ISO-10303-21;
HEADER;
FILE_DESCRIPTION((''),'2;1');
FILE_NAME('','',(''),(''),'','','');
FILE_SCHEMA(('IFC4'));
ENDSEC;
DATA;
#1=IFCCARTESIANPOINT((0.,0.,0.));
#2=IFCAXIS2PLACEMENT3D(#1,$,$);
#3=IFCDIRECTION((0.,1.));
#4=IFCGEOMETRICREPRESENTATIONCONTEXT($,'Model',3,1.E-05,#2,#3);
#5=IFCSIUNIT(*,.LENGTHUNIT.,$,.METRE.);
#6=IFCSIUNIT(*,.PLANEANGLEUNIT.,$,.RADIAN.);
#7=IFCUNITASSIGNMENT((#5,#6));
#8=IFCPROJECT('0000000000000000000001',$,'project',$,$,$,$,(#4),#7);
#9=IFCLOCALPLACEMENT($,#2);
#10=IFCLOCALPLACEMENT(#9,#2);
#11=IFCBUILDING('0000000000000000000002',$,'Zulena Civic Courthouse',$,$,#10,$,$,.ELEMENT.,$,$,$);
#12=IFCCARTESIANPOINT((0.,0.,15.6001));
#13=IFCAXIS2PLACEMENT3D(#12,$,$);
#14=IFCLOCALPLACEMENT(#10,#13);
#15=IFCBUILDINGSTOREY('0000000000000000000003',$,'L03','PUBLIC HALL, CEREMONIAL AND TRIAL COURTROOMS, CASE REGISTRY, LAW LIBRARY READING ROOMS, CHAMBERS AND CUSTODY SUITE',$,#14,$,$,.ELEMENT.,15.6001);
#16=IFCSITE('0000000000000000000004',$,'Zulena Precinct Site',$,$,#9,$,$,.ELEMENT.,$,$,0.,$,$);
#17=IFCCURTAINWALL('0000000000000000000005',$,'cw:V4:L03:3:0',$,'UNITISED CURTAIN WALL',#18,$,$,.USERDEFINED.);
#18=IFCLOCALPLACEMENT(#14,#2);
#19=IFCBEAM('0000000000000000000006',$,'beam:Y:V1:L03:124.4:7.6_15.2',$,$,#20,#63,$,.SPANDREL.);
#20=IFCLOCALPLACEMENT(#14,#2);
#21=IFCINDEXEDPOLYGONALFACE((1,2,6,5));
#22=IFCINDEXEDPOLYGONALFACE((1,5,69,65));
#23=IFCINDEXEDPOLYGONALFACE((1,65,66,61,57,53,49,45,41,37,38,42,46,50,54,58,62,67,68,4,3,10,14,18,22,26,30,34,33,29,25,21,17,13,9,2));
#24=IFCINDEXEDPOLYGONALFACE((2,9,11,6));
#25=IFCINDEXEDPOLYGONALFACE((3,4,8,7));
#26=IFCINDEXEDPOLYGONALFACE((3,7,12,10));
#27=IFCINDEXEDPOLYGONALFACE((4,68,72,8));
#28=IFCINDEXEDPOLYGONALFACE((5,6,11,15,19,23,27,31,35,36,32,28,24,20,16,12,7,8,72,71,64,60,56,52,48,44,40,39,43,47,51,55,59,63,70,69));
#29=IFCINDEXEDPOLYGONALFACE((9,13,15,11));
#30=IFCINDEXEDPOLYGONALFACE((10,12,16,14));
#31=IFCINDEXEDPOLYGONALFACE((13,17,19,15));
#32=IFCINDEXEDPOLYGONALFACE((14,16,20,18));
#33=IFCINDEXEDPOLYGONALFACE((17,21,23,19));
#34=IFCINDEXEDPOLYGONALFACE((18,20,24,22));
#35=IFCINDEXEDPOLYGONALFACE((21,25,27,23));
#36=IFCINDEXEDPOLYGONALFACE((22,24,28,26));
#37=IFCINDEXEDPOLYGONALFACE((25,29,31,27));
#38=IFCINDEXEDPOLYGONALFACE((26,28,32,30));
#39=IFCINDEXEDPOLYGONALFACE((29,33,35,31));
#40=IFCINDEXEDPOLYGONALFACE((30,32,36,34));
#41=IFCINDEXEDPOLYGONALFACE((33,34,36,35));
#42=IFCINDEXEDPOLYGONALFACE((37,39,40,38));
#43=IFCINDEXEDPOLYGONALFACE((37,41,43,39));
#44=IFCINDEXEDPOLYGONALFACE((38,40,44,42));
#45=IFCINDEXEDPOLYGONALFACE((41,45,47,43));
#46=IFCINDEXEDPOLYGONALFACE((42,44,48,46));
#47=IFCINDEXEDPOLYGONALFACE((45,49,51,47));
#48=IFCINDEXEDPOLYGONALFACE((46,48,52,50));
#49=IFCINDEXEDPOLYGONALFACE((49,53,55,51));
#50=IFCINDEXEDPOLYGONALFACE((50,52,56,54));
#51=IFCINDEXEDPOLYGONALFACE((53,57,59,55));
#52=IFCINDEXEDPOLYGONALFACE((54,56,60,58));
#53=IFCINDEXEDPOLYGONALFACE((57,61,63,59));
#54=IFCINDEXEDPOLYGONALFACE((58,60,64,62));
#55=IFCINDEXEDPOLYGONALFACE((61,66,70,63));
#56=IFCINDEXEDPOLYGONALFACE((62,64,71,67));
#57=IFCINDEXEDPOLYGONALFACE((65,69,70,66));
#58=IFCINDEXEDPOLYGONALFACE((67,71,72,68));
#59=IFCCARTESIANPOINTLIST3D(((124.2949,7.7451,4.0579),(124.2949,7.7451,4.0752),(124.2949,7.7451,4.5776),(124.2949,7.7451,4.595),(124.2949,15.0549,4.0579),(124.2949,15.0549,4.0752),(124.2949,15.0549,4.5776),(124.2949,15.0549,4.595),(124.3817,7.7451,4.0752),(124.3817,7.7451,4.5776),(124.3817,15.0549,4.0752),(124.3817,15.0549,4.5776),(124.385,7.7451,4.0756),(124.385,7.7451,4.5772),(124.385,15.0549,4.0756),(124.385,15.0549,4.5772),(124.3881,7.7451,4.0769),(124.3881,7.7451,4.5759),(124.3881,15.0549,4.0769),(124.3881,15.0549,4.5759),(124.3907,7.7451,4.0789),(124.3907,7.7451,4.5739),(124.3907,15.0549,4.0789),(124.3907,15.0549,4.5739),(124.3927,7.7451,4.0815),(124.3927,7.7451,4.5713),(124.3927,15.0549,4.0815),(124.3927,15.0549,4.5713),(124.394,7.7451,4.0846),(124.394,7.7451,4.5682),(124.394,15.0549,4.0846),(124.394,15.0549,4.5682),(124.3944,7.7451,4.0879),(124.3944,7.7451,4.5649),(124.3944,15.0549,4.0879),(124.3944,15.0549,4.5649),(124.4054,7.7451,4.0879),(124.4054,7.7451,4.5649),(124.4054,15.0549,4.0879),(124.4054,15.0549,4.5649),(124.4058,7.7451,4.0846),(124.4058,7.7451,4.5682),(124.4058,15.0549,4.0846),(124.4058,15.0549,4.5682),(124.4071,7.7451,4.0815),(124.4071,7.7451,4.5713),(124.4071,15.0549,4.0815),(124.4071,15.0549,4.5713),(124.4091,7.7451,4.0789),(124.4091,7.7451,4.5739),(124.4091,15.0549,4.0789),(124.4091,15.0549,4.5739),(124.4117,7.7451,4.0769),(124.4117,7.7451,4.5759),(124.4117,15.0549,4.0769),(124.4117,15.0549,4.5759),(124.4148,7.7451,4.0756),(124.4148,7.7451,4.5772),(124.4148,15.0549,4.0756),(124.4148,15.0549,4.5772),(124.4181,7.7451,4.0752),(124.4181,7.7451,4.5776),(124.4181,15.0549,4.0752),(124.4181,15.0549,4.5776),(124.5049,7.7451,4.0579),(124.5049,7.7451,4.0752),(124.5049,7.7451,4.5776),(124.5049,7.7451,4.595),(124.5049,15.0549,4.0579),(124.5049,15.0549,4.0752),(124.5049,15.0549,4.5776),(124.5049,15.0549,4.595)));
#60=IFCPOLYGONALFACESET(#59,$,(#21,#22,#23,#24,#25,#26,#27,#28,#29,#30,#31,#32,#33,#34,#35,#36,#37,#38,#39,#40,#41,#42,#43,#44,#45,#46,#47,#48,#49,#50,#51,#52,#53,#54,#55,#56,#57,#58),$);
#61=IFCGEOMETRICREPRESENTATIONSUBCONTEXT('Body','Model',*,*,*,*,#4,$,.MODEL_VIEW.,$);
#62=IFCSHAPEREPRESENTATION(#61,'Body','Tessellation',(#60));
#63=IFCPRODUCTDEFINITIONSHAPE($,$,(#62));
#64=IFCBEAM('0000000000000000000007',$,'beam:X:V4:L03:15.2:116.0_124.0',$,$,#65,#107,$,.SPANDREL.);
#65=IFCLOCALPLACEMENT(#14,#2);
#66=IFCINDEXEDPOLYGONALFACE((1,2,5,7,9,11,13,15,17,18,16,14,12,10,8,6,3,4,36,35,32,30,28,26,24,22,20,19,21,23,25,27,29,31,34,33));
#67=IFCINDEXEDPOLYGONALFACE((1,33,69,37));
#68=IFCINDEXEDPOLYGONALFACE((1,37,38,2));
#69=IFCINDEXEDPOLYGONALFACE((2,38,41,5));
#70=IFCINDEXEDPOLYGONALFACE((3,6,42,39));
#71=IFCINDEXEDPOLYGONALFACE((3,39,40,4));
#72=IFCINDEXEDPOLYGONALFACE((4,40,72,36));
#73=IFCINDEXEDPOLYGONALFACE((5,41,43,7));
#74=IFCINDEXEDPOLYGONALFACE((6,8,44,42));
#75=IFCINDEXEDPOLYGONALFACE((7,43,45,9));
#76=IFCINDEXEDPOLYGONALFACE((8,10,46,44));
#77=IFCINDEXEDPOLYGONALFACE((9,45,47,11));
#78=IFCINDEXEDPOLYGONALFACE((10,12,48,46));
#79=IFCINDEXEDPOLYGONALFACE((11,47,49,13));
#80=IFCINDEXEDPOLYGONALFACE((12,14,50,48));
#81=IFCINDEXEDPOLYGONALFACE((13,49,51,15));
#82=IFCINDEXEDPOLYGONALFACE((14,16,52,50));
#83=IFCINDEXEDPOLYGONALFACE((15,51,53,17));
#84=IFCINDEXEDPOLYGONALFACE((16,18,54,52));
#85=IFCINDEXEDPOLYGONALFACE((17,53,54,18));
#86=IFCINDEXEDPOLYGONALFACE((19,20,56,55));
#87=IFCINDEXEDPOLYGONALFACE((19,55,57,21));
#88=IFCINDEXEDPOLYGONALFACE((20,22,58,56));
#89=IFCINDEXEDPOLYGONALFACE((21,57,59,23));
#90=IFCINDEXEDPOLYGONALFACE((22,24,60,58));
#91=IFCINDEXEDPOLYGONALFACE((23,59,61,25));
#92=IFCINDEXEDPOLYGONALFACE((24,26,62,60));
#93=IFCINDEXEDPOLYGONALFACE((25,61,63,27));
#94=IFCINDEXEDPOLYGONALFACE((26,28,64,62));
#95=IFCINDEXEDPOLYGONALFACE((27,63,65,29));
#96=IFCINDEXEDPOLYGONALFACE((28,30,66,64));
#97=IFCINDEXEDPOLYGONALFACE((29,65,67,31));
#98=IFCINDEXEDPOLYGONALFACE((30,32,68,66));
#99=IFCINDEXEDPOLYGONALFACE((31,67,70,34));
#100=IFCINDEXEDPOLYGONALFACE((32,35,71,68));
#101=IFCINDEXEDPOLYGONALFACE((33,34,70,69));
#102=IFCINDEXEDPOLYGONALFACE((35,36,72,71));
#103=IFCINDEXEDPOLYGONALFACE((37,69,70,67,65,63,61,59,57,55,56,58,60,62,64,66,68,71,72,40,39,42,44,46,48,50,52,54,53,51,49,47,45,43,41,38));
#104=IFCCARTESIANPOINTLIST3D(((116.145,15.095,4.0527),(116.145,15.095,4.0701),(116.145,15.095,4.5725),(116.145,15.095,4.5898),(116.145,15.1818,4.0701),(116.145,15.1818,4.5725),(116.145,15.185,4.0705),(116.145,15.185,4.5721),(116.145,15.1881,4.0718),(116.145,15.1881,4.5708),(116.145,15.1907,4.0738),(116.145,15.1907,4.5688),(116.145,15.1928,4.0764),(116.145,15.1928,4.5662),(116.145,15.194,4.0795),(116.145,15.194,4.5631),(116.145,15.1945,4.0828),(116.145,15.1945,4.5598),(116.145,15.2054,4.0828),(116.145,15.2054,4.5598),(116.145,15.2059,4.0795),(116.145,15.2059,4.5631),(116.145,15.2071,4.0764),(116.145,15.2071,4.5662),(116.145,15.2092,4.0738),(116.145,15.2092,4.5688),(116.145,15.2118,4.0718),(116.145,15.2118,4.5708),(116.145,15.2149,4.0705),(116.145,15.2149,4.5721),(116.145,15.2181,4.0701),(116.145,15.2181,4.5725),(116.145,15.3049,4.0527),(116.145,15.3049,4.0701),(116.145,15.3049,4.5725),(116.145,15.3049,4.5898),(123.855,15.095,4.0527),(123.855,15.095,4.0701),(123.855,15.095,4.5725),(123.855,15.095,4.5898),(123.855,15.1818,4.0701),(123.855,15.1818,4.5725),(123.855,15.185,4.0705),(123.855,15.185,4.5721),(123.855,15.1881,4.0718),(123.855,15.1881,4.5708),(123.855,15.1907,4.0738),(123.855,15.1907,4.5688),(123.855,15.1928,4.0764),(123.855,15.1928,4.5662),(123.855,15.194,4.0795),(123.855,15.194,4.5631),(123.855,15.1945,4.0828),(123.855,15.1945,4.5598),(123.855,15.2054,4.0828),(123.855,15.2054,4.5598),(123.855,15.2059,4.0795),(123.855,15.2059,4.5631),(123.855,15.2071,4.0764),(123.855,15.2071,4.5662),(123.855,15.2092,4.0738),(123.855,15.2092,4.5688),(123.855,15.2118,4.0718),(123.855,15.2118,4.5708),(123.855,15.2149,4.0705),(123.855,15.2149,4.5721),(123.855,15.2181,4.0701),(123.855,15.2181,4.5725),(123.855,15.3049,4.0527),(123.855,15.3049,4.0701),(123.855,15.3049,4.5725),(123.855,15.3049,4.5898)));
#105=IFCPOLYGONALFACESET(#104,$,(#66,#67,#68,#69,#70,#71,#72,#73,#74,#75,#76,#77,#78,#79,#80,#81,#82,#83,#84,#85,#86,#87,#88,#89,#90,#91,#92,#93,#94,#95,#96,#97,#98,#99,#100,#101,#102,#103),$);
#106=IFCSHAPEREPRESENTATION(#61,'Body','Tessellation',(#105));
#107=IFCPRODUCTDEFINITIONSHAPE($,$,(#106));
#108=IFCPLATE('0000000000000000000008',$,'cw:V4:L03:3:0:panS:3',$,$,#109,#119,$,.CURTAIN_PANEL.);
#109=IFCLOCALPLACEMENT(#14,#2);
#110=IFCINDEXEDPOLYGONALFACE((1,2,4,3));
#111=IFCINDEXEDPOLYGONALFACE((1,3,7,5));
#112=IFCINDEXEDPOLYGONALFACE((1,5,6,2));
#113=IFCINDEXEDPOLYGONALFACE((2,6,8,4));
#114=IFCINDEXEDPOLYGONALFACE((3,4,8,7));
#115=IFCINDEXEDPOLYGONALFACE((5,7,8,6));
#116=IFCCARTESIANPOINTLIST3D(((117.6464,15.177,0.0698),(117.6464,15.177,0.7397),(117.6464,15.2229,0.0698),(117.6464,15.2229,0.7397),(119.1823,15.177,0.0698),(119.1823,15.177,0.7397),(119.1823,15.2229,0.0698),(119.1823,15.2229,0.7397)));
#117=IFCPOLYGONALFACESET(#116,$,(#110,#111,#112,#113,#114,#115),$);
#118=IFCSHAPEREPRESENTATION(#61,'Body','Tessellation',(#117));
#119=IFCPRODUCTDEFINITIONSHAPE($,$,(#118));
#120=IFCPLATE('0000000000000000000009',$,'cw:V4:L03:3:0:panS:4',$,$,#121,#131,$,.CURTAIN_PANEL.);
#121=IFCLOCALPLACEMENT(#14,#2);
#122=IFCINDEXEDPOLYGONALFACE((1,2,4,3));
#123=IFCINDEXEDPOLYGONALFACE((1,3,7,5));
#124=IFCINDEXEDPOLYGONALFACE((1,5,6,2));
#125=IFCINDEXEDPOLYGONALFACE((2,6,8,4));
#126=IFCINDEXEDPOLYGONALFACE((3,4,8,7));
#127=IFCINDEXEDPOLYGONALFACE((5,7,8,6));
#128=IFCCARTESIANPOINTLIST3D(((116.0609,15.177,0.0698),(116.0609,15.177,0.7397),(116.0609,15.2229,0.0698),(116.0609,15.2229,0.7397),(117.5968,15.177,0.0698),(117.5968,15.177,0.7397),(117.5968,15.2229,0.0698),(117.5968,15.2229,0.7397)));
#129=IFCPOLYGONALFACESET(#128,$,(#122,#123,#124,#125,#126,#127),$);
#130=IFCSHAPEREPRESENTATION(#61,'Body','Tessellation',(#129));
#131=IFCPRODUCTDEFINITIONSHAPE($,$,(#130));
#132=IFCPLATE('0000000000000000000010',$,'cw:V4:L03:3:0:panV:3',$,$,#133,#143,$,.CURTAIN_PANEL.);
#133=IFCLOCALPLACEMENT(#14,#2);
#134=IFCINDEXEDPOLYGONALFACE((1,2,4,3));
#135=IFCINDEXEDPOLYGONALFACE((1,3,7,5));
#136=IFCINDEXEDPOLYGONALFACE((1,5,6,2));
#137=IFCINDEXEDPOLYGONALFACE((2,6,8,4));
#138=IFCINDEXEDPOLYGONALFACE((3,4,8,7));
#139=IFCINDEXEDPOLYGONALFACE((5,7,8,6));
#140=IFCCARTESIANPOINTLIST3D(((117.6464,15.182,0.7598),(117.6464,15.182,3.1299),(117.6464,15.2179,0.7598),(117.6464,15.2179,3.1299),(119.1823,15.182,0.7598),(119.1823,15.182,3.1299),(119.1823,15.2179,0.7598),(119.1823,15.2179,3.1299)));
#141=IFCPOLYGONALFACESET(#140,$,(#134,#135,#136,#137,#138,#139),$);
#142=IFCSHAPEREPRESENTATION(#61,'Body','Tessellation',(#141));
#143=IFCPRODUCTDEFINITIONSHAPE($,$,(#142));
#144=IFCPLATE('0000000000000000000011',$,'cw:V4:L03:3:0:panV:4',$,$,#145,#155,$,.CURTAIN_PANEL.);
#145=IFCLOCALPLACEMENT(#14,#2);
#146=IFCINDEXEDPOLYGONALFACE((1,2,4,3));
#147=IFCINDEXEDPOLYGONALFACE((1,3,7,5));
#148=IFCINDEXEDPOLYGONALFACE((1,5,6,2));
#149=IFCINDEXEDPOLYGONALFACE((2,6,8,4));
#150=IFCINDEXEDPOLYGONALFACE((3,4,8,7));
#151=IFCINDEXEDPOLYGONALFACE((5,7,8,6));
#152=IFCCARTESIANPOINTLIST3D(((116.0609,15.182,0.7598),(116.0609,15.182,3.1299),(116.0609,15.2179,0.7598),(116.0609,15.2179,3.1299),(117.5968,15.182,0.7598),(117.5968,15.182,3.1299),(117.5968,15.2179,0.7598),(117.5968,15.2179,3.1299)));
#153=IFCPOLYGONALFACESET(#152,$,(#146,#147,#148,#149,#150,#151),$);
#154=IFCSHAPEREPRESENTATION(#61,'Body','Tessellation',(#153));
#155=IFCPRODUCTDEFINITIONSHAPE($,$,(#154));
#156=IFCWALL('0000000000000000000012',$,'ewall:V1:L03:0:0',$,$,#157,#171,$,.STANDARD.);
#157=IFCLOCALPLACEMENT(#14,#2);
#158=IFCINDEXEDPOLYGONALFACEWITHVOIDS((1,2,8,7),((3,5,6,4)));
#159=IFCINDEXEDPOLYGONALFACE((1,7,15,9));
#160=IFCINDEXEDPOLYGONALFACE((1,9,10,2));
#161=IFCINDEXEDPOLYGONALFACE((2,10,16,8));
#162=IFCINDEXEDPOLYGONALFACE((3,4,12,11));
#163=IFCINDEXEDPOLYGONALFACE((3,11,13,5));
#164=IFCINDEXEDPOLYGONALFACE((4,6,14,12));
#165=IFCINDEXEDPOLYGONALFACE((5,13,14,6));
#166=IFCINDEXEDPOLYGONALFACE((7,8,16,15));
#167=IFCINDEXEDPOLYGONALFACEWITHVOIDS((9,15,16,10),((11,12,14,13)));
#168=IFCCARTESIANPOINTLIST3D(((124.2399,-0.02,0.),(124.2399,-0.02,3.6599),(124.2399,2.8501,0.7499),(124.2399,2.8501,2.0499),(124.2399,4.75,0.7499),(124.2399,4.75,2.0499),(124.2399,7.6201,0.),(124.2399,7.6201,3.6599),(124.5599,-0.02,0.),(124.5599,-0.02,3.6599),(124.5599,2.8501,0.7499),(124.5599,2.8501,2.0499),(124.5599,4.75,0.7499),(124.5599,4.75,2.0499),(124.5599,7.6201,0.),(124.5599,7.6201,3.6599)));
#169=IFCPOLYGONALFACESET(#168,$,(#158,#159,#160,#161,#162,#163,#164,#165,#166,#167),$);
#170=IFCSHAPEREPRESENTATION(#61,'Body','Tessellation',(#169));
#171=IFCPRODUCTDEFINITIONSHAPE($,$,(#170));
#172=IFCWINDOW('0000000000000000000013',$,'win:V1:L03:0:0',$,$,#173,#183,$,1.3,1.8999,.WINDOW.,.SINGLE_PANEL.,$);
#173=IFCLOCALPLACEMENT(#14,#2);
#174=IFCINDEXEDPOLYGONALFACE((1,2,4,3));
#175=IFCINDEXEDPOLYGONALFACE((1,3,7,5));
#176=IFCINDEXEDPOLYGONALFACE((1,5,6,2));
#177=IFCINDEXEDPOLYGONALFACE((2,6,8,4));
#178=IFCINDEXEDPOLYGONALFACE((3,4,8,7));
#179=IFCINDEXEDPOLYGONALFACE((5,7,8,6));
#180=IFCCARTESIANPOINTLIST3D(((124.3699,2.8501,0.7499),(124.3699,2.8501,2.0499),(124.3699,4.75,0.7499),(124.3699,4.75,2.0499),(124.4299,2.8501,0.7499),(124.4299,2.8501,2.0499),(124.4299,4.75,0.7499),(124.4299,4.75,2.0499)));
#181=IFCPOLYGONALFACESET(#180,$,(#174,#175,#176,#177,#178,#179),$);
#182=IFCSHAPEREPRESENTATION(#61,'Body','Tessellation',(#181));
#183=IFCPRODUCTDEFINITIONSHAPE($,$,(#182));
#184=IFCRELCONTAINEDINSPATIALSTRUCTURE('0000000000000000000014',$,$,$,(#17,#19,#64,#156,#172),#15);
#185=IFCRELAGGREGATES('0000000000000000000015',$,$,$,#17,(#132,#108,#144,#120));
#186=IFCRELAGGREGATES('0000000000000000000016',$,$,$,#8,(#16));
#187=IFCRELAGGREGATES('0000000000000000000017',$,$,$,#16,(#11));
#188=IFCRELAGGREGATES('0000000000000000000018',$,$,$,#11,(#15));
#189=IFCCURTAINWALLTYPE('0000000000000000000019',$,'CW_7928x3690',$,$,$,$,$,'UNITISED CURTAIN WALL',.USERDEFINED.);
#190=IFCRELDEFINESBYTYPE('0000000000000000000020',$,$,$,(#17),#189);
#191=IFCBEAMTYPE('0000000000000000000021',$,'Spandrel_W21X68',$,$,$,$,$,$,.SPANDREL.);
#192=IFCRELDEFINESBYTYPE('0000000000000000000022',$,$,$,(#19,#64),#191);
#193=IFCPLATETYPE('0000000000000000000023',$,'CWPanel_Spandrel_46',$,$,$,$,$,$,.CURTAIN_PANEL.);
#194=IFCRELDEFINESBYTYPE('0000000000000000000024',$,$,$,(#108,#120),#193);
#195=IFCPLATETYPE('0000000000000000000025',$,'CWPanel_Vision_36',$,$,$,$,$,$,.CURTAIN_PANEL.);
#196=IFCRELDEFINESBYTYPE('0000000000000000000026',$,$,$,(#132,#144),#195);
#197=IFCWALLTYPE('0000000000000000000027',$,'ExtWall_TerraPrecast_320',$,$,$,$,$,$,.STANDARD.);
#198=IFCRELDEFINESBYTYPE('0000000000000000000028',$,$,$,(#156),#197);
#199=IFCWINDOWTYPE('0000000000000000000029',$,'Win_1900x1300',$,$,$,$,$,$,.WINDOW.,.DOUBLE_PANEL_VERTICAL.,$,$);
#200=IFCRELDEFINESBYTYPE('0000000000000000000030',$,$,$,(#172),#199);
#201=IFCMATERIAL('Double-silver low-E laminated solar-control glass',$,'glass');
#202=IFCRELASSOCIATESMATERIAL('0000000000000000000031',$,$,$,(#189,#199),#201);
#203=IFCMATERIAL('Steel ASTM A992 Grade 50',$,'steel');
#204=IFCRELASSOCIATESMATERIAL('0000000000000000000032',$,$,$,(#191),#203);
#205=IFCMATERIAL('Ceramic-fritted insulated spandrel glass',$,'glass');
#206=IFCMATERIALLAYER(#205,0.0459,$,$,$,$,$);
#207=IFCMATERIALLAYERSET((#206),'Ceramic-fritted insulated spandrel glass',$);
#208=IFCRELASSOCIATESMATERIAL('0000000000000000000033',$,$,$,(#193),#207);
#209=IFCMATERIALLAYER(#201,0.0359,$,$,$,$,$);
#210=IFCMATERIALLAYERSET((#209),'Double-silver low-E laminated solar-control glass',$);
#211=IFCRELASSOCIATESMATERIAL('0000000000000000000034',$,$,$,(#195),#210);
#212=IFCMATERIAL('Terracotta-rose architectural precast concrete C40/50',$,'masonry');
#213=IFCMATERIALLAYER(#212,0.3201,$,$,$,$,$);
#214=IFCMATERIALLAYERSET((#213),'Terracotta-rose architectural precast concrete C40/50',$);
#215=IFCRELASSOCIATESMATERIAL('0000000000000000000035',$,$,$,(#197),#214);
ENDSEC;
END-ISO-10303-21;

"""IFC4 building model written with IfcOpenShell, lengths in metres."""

from ifc_helpers import new_model, si_unit, direction, frame, frame_2d, origin, origin_2d, place, context, subcontext, project, spatial, rectangle, i_section, extrude, material, layer, layer_set, material_profile, profile_set, type_object, element, fill, aggregate, save


model = new_model("IFC4")

# Units and contexts
model_context = context("Model", 3, precision=1e-05, world=origin(), true_north=direction((0.0, 1.0)))
body_context = subcontext(model_context, "Body", "Model", "MODEL_VIEW")
ifc_project = project(units=[si_unit("LENGTHUNIT", "METRE"), si_unit("PLANEANGLEUNIT", "RADIAN")], contexts=[model_context])

# Site, building, storey
site_placement = place(None, origin())
site = spatial("IfcSite", under=ifc_project, at=site_placement, Name="Zulena Precinct Site", CompositionType="ELEMENT", RefElevation=0.0)
building_placement = place(site_placement, origin())
building = spatial("IfcBuilding", under=site, at=building_placement, Name="Zulena Civic Courthouse", CompositionType="ELEMENT")
storey_placement = place(building_placement, frame((0.0, 0.0, 15.6001)))
storey = spatial("IfcBuildingStorey", under=building, at=storey_placement, Name="L03", Description="PUBLIC HALL, CEREMONIAL AND TRIAL COURTROOMS, CASE REGISTRY, LAW LIBRARY READING ROOMS, CHAMBERS AND CUSTODY SUITE", CompositionType="ELEMENT", Elevation=15.6001)

# Shared definitions
ifc_material_1 = material(Name="Steel ASTM A992 Grade 50", Category="steel")

# Shared definitions
ifc_material_2 = material(Name="Double-silver low-E laminated solar-control glass", Category="glass")

# Curtain wall
curtain_wall_type_1 = type_object("IfcCurtainWallType", Name="CW_7928x3690", ElementType="UNITISED CURTAIN WALL", PredefinedType="USERDEFINED", material=ifc_material_2)
curtain_wall_1_placement = place(storey_placement, origin())
curtain_wall_1 = element("IfcCurtainWall", 1, at=curtain_wall_1_placement, inside=storey, type_object=curtain_wall_type_1, Name="cw:V4:L03:3:0", ObjectType="UNITISED CURTAIN WALL", PredefinedType="USERDEFINED")

# Beams
ifc_material_profile_1 = material_profile(ifc_material_1, i_section(OverallWidth=0.21, OverallDepth=0.5371, WebThickness=0.011, FlangeThickness=0.0173, FilletRadius=0.0127, at=origin_2d()), Name="W21X68")
ifc_profile_set_1 = profile_set([ifc_material_profile_1], Name="Steel ASTM A992 Grade 50")
beam_type = type_object("IfcBeamType", Name="Spandrel_W21X68", PredefinedType="SPANDREL", material=ifc_profile_set_1)
beam_1_placement = place(storey_placement, frame((124.3999, 7.7451, 4.3264), z_axis=(0.0, 1.0, 0.0), x_axis=(-1.0, 0.0, 0.0)))
element("IfcBeam", 2, at=beam_1_placement, inside=storey, type_object=beam_type, Name="beam:Y:V1:L03:124.4:7.6_15.2", PredefinedType="SPANDREL", context=body_context, shape_type="SweptSolid", body=[
    extrude(i_section(OverallWidth=0.21, OverallDepth=0.5371, WebThickness=0.011, FlangeThickness=0.0173, FilletRadius=0.0127, at=origin_2d()), origin(), (0.0, 0.0, 1.0), 7.3098),
])
beam_2_placement = place(storey_placement, frame((116.145, 15.2, 4.3213), z_axis=(1.0, 0.0, 0.0), x_axis=(0.0, 1.0, 0.0)))
element("IfcBeam", 3, at=beam_2_placement, inside=storey, type_object=beam_type, Name="beam:X:V4:L03:15.2:116.0_124.0", PredefinedType="SPANDREL", context=body_context, shape_type="SweptSolid", body=[
    extrude(i_section(OverallWidth=0.21, OverallDepth=0.5371, WebThickness=0.011, FlangeThickness=0.0173, FilletRadius=0.0127, at=origin_2d()), origin(), (0.0, 0.0, 1.0), 7.71),
])

# Plates
ifc_material_3 = material(Name="Ceramic-fritted insulated spandrel glass", Category="glass")
ifc_layer_1 = layer(ifc_material_3, 0.0459)
ifc_layer_set_1 = layer_set([ifc_layer_1], Name="Ceramic-fritted insulated spandrel glass")
plate_type_1 = type_object("IfcPlateType", Name="CWPanel_Spandrel_46", PredefinedType="CURTAIN_PANEL", material=ifc_layer_set_1)
plate_1_placement = place(storey_placement, frame((118.4143, 15.2, 0.0698), z_axis=(0.0, 0.0, 1.0), x_axis=(-1.0, 0.0, 0.0)))
plate_1 = element("IfcPlate", 4, at=plate_1_placement, type_object=plate_type_1, Name="cw:V4:L03:3:0:panS:3", PredefinedType="CURTAIN_PANEL", context=body_context, shape_type="SweptSolid", body=[
    extrude(rectangle(XDim=1.5359, YDim=0.0459, at=origin_2d()), origin(), (0.0, 0.0, 1.0), 0.6699),
])
plate_2_placement = place(storey_placement, frame((116.8289, 15.2, 0.0698), z_axis=(0.0, 0.0, 1.0), x_axis=(-1.0, 0.0, 0.0)))
plate_2 = element("IfcPlate", 5, at=plate_2_placement, type_object=plate_type_1, Name="cw:V4:L03:3:0:panS:4", PredefinedType="CURTAIN_PANEL", context=body_context, shape_type="SweptSolid", body=[
    extrude(rectangle(XDim=1.5359, YDim=0.0459, at=origin_2d()), origin(), (0.0, 0.0, 1.0), 0.6699),
])
ifc_layer_2 = layer(ifc_material_2, 0.0359)
ifc_layer_set_2 = layer_set([ifc_layer_2], Name="Double-silver low-E laminated solar-control glass")
plate_type_2 = type_object("IfcPlateType", Name="CWPanel_Vision_36", PredefinedType="CURTAIN_PANEL", material=ifc_layer_set_2)
plate_3_placement = place(storey_placement, frame((118.4143, 15.2, 0.7598), z_axis=(0.0, 0.0, 1.0), x_axis=(-1.0, 0.0, 0.0)))
plate_3 = element("IfcPlate", 6, at=plate_3_placement, type_object=plate_type_2, Name="cw:V4:L03:3:0:panV:3", PredefinedType="CURTAIN_PANEL", context=body_context, shape_type="SweptSolid", body=[
    extrude(rectangle(XDim=1.5359, YDim=0.0359, at=origin_2d()), origin(), (0.0, 0.0, 1.0), 2.3701),
])
plate_4_placement = place(storey_placement, frame((116.8289, 15.2, 0.7598), z_axis=(0.0, 0.0, 1.0), x_axis=(-1.0, 0.0, 0.0)))
plate_4 = element("IfcPlate", 7, at=plate_4_placement, type_object=plate_type_2, Name="cw:V4:L03:3:0:panV:4", PredefinedType="CURTAIN_PANEL", context=body_context, shape_type="SweptSolid", body=[
    extrude(rectangle(XDim=1.5359, YDim=0.0359, at=origin_2d()), origin(), (0.0, 0.0, 1.0), 2.3701),
])
aggregate(curtain_wall_1, [plate_3, plate_1, plate_4, plate_2])

# Wall, opening, window
ifc_material_4 = material(Name="Terracotta-rose architectural precast concrete C40/50", Category="masonry")
ifc_layer_3 = layer(ifc_material_4, 0.3201)
ifc_layer_set_3 = layer_set([ifc_layer_3], Name="Terracotta-rose architectural precast concrete C40/50")
wall_type = type_object("IfcWallType", Name="ExtWall_TerraPrecast_320", PredefinedType="STANDARD", material=ifc_layer_set_3)
wall_1_placement = place(storey_placement, frame((124.3999, -0.02, 0.0), z_axis=(0.0, 0.0, 1.0), x_axis=(0.0, 1.0, 0.0)))
wall_1 = element("IfcWall", 8, at=wall_1_placement, inside=storey, type_object=wall_type, Name="ewall:V1:L03:0:0", PredefinedType="STANDARD", context=body_context, shape_type="SweptSolid", body=[
    extrude(rectangle(XDim=7.6401, YDim=0.3201, at=frame_2d((3.8201, 0.0))), origin(), (0.0, 0.0, 1.0), 3.6599),
])
opening_1_placement = place(wall_1_placement, frame((2.8701, 0.0, 0.75)))
opening_1 = element("IfcOpeningElement", 9, at=opening_1_placement, cuts=wall_1, PredefinedType="OPENING", context=body_context, shape_type="SweptSolid", body=[
    extrude(rectangle(XDim=1.8999, YDim=1.3, at=frame_2d((0.95, 0.6499))), frame((0.0, 0.1699, 0.0), z_axis=(0.0, -1.0, 0.0), x_axis=(1.0, 0.0, 0.0)), (0.0, 0.0, 1.0), 0.3401),
])
window_type_1 = type_object("IfcWindowType", Name="Win_1900x1300", PartitioningType="DOUBLE_PANEL_VERTICAL", PredefinedType="WINDOW", material=ifc_material_2)
window_1_placement = place(opening_1_placement, origin())
window_1 = element("IfcWindow", 10, at=window_1_placement, inside=storey, type_object=window_type_1, Name="win:V1:L03:0:0", OverallHeight=1.3, OverallWidth=1.8999, PartitioningType="SINGLE_PANEL", PredefinedType="WINDOW", context=body_context, shape_type="SweptSolid", body=[
    extrude(rectangle(XDim=1.8999, YDim=1.3, at=frame_2d((0.95, 0.6499))), frame((0.0, 0.03, 0.0), z_axis=(0.0, -1.0, 0.0), x_axis=(1.0, 0.0, 0.0)), (0.0, 0.0, 1.0), 0.0601),
])
fill(opening_1, window_1)

save(model, "model.ifc")
